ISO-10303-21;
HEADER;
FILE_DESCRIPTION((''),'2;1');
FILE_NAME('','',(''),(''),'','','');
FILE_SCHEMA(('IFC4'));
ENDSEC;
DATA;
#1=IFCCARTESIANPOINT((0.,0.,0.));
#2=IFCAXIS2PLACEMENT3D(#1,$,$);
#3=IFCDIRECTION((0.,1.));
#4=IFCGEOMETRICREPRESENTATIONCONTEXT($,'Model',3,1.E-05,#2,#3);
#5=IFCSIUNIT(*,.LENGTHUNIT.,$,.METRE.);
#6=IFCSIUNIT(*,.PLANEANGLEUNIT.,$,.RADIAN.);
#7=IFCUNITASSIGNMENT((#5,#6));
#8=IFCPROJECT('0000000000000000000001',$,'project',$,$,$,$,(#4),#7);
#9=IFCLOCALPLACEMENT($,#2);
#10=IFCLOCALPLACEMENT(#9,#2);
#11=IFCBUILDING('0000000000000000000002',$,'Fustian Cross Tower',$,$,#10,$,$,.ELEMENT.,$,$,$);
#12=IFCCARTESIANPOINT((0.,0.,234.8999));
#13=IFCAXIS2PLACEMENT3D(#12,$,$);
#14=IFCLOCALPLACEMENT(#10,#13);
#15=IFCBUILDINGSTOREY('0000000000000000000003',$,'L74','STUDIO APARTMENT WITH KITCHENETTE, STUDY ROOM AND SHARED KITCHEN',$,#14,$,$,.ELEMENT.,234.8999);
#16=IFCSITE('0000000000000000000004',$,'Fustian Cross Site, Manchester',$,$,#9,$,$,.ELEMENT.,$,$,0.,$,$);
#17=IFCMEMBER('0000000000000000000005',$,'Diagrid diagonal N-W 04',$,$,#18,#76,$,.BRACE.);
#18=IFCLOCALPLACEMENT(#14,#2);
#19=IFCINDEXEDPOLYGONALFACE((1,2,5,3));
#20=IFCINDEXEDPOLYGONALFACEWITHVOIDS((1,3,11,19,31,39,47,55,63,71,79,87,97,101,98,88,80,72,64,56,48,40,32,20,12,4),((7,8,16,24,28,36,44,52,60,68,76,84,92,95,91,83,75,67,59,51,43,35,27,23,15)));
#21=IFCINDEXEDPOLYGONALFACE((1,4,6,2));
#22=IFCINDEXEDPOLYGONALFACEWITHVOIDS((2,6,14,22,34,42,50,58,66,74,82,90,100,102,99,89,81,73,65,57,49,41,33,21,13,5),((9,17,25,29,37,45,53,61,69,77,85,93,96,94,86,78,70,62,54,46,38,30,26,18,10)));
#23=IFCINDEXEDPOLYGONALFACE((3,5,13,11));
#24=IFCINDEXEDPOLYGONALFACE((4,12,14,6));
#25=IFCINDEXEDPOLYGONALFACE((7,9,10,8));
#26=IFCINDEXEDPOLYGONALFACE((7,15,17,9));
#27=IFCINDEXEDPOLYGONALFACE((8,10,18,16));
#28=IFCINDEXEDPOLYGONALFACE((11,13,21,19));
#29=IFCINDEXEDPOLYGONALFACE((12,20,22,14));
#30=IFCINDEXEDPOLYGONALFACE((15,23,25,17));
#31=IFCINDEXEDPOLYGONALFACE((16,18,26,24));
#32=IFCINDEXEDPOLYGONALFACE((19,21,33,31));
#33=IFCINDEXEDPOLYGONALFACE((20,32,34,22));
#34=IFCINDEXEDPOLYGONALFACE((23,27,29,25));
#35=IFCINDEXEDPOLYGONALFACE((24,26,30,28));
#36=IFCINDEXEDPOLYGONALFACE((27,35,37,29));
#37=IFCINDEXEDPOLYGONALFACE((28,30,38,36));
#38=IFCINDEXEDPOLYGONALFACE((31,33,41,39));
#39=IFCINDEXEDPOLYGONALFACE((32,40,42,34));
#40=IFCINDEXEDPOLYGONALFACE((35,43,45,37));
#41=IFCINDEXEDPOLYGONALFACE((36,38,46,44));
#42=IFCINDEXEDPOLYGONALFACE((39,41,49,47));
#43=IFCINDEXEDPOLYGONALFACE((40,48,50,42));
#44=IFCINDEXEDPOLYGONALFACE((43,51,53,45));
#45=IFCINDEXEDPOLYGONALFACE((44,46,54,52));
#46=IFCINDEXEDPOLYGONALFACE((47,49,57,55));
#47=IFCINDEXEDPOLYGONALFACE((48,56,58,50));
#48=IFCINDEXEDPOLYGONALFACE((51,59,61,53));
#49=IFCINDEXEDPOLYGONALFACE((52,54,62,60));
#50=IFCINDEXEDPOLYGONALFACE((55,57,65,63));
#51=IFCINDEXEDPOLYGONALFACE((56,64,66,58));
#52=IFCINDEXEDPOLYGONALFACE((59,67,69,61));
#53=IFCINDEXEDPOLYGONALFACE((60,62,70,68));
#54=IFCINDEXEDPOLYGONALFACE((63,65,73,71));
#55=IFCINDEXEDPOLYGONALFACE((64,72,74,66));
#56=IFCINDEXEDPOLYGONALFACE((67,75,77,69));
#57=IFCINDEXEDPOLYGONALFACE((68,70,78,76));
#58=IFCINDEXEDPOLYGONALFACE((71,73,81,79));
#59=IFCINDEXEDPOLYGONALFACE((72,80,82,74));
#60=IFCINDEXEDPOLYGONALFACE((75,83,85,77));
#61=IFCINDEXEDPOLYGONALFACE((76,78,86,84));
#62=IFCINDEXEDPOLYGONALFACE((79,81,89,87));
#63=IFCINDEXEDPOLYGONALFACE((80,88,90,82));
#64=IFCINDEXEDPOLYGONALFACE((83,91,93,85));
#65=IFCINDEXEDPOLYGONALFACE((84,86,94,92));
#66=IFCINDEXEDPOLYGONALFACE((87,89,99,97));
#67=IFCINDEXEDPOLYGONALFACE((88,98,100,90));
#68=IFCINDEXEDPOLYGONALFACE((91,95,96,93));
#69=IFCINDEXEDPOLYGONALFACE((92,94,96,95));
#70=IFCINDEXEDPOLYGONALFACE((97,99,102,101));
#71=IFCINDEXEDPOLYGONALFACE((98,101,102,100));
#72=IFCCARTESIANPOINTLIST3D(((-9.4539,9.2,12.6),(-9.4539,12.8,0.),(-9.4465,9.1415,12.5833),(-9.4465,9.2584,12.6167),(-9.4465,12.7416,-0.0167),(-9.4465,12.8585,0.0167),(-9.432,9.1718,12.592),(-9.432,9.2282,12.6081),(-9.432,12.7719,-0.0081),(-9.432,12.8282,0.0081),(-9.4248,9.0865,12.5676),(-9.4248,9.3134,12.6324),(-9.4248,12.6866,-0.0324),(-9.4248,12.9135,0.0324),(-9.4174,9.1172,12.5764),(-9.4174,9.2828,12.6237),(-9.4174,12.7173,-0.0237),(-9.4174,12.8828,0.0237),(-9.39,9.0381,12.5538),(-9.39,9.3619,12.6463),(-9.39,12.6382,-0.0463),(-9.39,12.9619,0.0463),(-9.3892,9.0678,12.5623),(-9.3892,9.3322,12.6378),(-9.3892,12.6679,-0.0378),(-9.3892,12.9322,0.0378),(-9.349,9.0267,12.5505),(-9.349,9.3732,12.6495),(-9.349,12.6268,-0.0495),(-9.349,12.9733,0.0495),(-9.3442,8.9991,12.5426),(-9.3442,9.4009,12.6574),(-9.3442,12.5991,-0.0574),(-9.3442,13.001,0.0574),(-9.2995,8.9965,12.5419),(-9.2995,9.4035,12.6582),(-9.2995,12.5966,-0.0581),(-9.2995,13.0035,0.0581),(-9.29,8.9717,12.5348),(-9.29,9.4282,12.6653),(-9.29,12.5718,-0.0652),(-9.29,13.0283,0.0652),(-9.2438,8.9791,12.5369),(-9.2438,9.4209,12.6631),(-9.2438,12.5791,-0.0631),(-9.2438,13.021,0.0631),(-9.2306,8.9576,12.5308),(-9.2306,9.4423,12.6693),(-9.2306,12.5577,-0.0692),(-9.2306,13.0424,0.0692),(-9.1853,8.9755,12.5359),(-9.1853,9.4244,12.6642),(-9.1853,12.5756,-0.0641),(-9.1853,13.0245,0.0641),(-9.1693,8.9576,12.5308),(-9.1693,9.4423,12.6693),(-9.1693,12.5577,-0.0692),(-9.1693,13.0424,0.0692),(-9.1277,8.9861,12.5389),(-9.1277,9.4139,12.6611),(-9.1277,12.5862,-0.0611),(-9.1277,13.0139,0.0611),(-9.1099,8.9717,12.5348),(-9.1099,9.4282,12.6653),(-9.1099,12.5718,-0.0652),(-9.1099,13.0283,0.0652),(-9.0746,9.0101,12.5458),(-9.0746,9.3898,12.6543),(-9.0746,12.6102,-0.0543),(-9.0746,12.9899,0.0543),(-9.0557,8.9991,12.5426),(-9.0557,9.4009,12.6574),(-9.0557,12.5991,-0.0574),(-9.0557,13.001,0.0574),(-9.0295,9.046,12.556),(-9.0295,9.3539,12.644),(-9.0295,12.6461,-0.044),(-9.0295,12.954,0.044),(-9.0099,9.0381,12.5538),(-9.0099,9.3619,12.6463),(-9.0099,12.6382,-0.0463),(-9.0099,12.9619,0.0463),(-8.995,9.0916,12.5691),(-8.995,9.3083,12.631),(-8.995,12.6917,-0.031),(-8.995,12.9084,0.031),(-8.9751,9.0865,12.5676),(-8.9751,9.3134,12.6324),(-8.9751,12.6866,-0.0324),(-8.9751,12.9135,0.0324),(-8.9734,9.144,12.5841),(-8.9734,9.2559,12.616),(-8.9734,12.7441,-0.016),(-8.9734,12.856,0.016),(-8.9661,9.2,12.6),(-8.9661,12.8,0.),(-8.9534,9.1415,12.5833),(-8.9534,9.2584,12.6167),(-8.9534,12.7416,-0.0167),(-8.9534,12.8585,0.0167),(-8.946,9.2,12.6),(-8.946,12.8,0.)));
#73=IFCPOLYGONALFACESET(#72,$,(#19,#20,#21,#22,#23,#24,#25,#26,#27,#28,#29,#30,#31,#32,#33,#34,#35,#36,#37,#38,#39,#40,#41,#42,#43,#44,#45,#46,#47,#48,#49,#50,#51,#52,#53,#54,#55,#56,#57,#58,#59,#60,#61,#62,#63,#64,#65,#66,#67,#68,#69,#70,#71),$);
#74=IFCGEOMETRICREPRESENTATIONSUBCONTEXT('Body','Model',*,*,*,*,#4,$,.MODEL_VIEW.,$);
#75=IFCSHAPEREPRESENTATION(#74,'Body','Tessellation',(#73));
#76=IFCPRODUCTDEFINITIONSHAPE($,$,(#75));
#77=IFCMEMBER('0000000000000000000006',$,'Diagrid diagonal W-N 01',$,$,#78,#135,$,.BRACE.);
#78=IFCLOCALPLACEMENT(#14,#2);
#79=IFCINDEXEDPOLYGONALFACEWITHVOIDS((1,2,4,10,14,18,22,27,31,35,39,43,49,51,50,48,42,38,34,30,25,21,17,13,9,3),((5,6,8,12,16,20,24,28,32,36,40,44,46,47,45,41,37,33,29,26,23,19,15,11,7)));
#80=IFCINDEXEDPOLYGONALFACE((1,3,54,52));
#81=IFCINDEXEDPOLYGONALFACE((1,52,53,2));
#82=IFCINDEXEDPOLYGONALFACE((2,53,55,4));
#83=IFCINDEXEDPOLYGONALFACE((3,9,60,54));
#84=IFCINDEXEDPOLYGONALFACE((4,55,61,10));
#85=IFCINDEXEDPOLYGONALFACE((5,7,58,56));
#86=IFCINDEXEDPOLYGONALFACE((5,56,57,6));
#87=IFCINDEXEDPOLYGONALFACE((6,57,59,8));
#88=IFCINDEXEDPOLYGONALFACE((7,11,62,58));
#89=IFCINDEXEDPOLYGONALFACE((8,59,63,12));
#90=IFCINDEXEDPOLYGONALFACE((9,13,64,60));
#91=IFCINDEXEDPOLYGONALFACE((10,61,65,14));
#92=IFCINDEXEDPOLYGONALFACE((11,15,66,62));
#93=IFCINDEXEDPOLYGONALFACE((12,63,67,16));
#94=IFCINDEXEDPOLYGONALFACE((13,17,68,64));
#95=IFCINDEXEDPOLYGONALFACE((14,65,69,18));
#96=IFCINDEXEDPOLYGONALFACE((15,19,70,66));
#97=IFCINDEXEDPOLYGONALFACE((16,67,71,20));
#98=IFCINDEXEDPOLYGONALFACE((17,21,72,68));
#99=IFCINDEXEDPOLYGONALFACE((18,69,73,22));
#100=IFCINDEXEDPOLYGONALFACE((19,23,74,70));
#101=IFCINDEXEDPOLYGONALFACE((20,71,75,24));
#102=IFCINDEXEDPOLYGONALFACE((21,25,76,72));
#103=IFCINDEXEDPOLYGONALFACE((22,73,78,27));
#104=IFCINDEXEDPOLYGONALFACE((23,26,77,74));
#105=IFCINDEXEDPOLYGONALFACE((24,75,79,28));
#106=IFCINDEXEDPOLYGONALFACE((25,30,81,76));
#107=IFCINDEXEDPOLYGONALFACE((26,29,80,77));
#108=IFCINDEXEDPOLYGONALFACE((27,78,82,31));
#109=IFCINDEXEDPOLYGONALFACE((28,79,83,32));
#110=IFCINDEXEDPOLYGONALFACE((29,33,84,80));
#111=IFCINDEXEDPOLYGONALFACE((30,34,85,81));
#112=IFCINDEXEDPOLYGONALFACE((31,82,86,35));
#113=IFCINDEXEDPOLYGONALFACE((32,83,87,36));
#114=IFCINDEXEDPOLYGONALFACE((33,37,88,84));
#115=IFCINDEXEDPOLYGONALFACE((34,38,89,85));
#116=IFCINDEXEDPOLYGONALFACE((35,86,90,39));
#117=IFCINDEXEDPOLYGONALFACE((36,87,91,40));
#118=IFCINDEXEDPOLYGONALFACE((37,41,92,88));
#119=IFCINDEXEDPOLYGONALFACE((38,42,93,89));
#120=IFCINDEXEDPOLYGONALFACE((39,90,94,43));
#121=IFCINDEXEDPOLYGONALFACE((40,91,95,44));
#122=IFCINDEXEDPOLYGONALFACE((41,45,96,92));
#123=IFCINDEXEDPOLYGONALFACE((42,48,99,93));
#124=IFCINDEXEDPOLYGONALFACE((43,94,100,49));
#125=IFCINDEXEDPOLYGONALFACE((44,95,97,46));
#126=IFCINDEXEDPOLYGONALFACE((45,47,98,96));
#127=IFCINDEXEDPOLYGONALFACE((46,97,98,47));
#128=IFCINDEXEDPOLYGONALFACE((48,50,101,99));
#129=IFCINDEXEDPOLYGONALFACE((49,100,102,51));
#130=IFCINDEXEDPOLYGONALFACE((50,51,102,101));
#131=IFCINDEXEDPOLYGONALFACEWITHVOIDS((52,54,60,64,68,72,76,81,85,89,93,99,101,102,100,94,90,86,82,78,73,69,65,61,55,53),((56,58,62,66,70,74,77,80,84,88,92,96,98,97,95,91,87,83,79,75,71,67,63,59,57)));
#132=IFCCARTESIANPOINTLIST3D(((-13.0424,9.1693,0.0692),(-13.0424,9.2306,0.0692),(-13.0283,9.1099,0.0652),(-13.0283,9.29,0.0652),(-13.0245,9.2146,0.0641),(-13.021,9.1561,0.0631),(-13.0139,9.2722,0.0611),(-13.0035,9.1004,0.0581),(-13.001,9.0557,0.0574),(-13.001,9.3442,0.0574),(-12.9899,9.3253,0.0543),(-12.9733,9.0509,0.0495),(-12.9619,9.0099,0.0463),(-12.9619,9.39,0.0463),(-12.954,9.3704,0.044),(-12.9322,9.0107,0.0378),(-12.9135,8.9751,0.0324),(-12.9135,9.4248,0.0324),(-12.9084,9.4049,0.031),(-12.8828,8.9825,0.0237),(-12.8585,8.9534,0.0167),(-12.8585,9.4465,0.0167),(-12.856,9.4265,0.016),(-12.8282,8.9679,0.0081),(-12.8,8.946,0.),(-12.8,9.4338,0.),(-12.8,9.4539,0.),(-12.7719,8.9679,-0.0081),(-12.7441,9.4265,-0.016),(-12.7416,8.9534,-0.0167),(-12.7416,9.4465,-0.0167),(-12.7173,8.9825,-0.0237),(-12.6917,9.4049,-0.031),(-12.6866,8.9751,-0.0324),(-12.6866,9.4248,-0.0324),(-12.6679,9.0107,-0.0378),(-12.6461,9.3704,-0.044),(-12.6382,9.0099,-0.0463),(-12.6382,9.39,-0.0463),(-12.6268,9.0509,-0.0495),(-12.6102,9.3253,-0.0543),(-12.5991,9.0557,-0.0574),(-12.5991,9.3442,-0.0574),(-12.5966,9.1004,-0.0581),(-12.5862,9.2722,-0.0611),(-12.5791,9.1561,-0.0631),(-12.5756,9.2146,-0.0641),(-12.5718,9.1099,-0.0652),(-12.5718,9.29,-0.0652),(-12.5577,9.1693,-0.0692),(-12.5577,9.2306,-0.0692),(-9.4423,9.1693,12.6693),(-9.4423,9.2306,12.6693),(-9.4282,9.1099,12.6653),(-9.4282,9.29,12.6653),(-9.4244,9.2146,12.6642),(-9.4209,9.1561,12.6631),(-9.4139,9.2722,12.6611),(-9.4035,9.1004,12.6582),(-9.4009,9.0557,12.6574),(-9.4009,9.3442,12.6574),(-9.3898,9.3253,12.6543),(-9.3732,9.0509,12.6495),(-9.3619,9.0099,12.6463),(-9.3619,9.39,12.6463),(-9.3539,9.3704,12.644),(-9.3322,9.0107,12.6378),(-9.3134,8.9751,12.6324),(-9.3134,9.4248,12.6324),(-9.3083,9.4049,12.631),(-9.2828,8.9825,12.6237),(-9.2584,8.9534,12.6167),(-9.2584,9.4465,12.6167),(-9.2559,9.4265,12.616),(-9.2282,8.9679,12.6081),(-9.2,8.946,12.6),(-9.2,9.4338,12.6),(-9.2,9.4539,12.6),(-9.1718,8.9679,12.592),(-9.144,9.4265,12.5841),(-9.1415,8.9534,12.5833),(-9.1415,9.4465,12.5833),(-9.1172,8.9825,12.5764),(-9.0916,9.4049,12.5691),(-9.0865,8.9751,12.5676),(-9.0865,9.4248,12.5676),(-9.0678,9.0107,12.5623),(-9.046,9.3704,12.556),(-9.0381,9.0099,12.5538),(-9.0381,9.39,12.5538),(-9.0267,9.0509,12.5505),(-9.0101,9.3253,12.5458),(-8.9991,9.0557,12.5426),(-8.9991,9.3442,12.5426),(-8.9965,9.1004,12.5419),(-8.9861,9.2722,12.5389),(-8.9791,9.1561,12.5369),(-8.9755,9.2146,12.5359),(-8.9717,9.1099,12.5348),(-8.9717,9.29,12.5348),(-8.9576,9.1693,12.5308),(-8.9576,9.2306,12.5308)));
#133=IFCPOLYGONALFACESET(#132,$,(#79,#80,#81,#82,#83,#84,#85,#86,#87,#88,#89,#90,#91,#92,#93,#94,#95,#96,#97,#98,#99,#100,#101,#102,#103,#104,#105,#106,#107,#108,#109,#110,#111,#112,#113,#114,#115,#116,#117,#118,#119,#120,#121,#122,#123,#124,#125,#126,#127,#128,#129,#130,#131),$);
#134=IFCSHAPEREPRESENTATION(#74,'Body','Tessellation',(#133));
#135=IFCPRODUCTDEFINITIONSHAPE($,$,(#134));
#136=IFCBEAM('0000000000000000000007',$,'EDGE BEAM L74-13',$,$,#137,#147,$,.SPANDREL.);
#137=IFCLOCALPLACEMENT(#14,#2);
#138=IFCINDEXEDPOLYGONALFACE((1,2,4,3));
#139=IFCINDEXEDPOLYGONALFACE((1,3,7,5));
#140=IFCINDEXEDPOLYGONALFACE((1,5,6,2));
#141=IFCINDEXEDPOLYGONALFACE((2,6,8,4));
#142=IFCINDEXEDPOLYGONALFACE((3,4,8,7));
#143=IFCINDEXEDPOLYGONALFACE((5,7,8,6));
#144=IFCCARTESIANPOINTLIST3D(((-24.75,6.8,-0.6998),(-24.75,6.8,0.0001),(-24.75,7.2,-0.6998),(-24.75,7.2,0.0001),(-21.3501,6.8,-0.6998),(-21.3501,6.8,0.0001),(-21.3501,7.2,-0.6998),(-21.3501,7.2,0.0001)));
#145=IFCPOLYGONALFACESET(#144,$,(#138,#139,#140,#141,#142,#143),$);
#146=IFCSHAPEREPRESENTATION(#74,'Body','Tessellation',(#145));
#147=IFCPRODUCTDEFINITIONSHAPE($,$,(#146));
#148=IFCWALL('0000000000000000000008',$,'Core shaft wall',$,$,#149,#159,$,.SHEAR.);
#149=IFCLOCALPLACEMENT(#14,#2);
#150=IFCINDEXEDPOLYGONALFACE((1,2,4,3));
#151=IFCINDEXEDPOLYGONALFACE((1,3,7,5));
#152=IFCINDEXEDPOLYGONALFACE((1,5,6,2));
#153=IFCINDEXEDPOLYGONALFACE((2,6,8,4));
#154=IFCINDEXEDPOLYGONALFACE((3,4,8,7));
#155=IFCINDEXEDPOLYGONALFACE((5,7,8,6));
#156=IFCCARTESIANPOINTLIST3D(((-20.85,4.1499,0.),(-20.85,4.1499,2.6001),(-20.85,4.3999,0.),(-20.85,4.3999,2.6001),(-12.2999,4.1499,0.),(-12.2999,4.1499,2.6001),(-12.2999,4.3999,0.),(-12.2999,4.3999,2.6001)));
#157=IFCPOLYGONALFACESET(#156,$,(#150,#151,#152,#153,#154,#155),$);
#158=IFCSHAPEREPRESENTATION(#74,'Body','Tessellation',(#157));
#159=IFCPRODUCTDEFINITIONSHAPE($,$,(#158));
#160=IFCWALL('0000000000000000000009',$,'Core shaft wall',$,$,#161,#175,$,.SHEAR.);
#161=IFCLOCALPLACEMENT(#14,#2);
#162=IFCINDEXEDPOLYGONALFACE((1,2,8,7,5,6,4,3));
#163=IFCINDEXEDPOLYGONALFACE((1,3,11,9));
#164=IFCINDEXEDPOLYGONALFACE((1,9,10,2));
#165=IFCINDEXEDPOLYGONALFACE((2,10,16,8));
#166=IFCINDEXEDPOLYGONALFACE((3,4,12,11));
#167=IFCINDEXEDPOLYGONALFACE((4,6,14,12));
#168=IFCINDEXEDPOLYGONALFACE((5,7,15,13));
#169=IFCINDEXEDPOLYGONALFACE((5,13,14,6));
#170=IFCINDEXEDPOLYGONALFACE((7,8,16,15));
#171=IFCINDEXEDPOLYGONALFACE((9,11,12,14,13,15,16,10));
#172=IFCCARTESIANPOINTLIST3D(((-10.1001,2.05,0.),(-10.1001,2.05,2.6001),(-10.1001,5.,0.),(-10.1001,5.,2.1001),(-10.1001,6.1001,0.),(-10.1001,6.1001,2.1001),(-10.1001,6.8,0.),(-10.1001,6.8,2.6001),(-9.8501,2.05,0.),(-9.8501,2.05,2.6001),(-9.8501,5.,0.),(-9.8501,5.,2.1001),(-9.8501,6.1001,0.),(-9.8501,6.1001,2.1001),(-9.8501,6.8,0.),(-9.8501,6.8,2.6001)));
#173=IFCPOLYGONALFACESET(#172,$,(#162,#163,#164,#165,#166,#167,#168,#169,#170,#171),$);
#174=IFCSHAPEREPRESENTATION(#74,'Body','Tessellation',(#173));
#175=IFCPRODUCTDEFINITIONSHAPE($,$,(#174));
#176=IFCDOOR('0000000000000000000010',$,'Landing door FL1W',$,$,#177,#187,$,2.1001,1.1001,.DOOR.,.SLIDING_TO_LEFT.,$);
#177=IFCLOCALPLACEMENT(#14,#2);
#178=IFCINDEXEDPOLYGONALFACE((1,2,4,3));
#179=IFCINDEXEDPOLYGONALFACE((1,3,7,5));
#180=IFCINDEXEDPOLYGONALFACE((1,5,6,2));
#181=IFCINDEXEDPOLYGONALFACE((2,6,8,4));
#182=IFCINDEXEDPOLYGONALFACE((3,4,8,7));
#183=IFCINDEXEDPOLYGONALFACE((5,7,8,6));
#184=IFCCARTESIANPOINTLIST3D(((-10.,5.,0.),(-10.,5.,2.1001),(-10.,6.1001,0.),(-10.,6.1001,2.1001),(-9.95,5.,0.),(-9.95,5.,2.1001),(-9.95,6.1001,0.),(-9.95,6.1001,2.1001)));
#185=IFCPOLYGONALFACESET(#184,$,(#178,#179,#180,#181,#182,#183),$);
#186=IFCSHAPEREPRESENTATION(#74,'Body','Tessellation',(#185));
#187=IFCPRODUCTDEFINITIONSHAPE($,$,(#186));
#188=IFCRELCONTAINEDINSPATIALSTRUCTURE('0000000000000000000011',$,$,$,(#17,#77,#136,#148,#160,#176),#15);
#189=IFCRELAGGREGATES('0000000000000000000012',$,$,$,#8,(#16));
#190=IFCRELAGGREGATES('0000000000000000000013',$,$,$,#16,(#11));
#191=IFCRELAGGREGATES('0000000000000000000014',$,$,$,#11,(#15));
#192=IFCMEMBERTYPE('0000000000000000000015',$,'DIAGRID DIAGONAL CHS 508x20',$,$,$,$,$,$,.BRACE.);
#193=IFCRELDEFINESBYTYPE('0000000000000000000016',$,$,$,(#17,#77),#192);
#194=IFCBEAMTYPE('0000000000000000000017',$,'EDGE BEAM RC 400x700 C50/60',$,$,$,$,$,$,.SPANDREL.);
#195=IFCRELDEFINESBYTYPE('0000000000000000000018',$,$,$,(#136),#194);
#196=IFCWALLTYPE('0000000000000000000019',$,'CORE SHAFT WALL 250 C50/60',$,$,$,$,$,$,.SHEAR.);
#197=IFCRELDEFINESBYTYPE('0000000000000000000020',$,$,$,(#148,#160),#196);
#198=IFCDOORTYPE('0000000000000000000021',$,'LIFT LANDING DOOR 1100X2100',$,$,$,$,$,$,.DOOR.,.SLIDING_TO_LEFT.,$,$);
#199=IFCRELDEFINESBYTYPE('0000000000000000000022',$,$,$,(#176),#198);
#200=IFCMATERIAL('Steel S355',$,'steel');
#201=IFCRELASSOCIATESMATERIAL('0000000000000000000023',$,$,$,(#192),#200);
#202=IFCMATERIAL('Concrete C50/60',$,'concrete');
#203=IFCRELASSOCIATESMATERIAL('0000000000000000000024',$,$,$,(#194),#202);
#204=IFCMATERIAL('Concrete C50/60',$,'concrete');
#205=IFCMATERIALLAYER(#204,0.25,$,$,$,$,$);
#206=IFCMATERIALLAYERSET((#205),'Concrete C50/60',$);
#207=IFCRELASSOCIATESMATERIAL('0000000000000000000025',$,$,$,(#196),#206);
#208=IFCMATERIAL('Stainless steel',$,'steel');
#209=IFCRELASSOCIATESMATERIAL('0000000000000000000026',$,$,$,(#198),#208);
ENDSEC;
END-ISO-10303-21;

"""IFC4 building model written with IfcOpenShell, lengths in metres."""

from ifc_helpers import new_model, si_unit, direction, frame, frame_2d, origin, origin_2d, place, context, subcontext, project, spatial, rectangle, hollow_circle, extrude, material, layer, layer_set, material_profile, profile_set, type_object, element, fill, save


model = new_model("IFC4")

# Units and contexts
model_context = context("Model", 3, precision=1e-05, world=origin(), true_north=direction((0.0, 1.0)))
body_context = subcontext(model_context, "Body", "Model", "MODEL_VIEW")
ifc_project = project(units=[si_unit("LENGTHUNIT", "METRE"), si_unit("PLANEANGLEUNIT", "RADIAN")], contexts=[model_context])

# Site, building, storey
site_placement = place(None, origin())
site = spatial("IfcSite", under=ifc_project, at=site_placement, Name="Fustian Cross Site, Manchester", CompositionType="ELEMENT", RefElevation=0.0)
building_placement = place(site_placement, origin())
building = spatial("IfcBuilding", under=site, at=building_placement, Name="Fustian Cross Tower", CompositionType="ELEMENT")
storey_placement = place(building_placement, frame((0.0, 0.0, 234.8999)))
storey = spatial("IfcBuildingStorey", under=building, at=storey_placement, Name="L74", Description="STUDIO APARTMENT WITH KITCHENETTE, STUDY ROOM AND SHARED KITCHEN", CompositionType="ELEMENT", Elevation=234.8999)

# Members
ifc_material_1 = material(Name="Steel S355", Category="steel")
ifc_material_profile_1 = material_profile(ifc_material_1, hollow_circle(Radius=0.2539, WallThickness=0.02, at=origin_2d()), Name="CHS 508x20")
ifc_profile_set_1 = profile_set([ifc_material_profile_1], Name="Steel S355")
member_type_1 = type_object("IfcMemberType", Name="DIAGRID DIAGONAL CHS 508x20", PredefinedType="BRACE", material=ifc_profile_set_1)
for number, where, z_axis, x_axis, name in (
    (1, (-9.2, 12.8, 0.0), (0.0, -0.274726, 0.961523), (1.0, 0.0, 0.0), "Diagrid diagonal N-W 04"),
    (2, (-12.8, 9.2, 0.0), (0.274726, 0.0, 0.961523), (0.0, 1.0, 0.0), "Diagrid diagonal W-N 01"),
):
    element("IfcMember", number, at=place(storey_placement, frame(where, z_axis=z_axis, x_axis=x_axis)), inside=storey, type_object=member_type_1, Name=name, PredefinedType="BRACE", context=body_context, shape_type="SweptSolid", body=[
        extrude(hollow_circle(Radius=0.2539, WallThickness=0.02, at=origin_2d()), origin(), (0.0, 0.0, 1.0), 13.1042),
    ])

# Beam
ifc_material_2 = material(Name="Concrete C50/60", Category="concrete")
ifc_material_profile_2 = material_profile(ifc_material_2, rectangle(XDim=0.3999, YDim=0.7, at=origin_2d()), Name="RC 400x700")
ifc_profile_set_2 = profile_set([ifc_material_profile_2], Name="Concrete C50/60")
beam_type = type_object("IfcBeamType", Name="EDGE BEAM RC 400x700 C50/60", PredefinedType="SPANDREL", material=ifc_profile_set_2)
beam_placement = place(storey_placement, frame((-21.3501, 7.0, -0.3499), z_axis=(-1.0, 0.0, 0.0), x_axis=(0.0, -1.0, 0.0)))
element("IfcBeam", 3, at=beam_placement, inside=storey, type_object=beam_type, Name="EDGE BEAM L74-13", PredefinedType="SPANDREL", context=body_context, shape_type="SweptSolid", body=[
    extrude(rectangle(XDim=0.3999, YDim=0.7, at=origin_2d()), origin(), (0.0, 0.0, 1.0), 3.3999),
])

# Wall
ifc_material_3 = material(Name="Concrete C50/60", Category="concrete")
ifc_layer_1 = layer(ifc_material_3, 0.25)
ifc_layer_set_1 = layer_set([ifc_layer_1], Name="Concrete C50/60")
wall_type_1 = type_object("IfcWallType", Name="CORE SHAFT WALL 250 C50/60", PredefinedType="SHEAR", material=ifc_layer_set_1)
wall_1_placement = place(storey_placement, frame((-12.3, 4.2749, 0.0), z_axis=(0.0, 0.0, 1.0), x_axis=(-1.0, 0.0, 0.0)))
element("IfcWall", 4, at=wall_1_placement, inside=storey, type_object=wall_type_1, Name="Core shaft wall", PredefinedType="SHEAR", context=body_context, shape_type="SweptSolid", body=[
    extrude(rectangle(XDim=8.55, YDim=0.25, at=frame_2d((4.2749, 0.0))), origin(), (0.0, 0.0, 1.0), 2.6001),
])

# Wall, opening, door
wall_2_placement = place(storey_placement, frame((-9.9751, 2.05, 0.0), z_axis=(0.0, 0.0, 1.0), x_axis=(0.0, 1.0, 0.0)))
wall_2 = element("IfcWall", 5, at=wall_2_placement, inside=storey, type_object=wall_type_1, Name="Core shaft wall", PredefinedType="SHEAR", context=body_context, shape_type="SweptSolid", body=[
    extrude(rectangle(XDim=4.75, YDim=0.25, at=frame_2d((2.375, 0.0))), origin(), (0.0, 0.0, 1.0), 2.6001),
])
opening_1_placement = place(wall_2_placement, frame((2.95, 0.0, 0.0)))
opening_1 = element("IfcOpeningElement", 6, at=opening_1_placement, cuts=wall_2, PredefinedType="OPENING", context=body_context, shape_type="SweptSolid", body=[
    extrude(rectangle(XDim=1.1001, YDim=2.1001, at=frame_2d((0.55, 1.05))), frame((0.0, 0.135, 0.0), z_axis=(0.0, -1.0, 0.0), x_axis=(1.0, 0.0, 0.0)), (0.0, 0.0, 1.0), 0.27),
])
ifc_material_4 = material(Name="Stainless steel", Category="steel")
door_type_1 = type_object("IfcDoorType", Name="LIFT LANDING DOOR 1100X2100", OperationType="SLIDING_TO_LEFT", PredefinedType="DOOR", material=ifc_material_4)
door_1_placement = place(opening_1_placement, origin())
door_1 = element("IfcDoor", 7, at=door_1_placement, inside=storey, type_object=door_type_1, Name="Landing door FL1W", OperationType="SLIDING_TO_LEFT", OverallHeight=2.1001, OverallWidth=1.1001, PredefinedType="DOOR", context=body_context, shape_type="SweptSolid", body=[
    extrude(rectangle(XDim=1.1001, YDim=2.1001, at=frame_2d((0.55, 1.05))), frame((0.0, 0.0249, 0.0), z_axis=(0.0, -1.0, 0.0), x_axis=(1.0, 0.0, 0.0)), (0.0, 0.0, 1.0), 0.05),
])
fill(opening_1, door_1)

save(model, "model.ifc")
